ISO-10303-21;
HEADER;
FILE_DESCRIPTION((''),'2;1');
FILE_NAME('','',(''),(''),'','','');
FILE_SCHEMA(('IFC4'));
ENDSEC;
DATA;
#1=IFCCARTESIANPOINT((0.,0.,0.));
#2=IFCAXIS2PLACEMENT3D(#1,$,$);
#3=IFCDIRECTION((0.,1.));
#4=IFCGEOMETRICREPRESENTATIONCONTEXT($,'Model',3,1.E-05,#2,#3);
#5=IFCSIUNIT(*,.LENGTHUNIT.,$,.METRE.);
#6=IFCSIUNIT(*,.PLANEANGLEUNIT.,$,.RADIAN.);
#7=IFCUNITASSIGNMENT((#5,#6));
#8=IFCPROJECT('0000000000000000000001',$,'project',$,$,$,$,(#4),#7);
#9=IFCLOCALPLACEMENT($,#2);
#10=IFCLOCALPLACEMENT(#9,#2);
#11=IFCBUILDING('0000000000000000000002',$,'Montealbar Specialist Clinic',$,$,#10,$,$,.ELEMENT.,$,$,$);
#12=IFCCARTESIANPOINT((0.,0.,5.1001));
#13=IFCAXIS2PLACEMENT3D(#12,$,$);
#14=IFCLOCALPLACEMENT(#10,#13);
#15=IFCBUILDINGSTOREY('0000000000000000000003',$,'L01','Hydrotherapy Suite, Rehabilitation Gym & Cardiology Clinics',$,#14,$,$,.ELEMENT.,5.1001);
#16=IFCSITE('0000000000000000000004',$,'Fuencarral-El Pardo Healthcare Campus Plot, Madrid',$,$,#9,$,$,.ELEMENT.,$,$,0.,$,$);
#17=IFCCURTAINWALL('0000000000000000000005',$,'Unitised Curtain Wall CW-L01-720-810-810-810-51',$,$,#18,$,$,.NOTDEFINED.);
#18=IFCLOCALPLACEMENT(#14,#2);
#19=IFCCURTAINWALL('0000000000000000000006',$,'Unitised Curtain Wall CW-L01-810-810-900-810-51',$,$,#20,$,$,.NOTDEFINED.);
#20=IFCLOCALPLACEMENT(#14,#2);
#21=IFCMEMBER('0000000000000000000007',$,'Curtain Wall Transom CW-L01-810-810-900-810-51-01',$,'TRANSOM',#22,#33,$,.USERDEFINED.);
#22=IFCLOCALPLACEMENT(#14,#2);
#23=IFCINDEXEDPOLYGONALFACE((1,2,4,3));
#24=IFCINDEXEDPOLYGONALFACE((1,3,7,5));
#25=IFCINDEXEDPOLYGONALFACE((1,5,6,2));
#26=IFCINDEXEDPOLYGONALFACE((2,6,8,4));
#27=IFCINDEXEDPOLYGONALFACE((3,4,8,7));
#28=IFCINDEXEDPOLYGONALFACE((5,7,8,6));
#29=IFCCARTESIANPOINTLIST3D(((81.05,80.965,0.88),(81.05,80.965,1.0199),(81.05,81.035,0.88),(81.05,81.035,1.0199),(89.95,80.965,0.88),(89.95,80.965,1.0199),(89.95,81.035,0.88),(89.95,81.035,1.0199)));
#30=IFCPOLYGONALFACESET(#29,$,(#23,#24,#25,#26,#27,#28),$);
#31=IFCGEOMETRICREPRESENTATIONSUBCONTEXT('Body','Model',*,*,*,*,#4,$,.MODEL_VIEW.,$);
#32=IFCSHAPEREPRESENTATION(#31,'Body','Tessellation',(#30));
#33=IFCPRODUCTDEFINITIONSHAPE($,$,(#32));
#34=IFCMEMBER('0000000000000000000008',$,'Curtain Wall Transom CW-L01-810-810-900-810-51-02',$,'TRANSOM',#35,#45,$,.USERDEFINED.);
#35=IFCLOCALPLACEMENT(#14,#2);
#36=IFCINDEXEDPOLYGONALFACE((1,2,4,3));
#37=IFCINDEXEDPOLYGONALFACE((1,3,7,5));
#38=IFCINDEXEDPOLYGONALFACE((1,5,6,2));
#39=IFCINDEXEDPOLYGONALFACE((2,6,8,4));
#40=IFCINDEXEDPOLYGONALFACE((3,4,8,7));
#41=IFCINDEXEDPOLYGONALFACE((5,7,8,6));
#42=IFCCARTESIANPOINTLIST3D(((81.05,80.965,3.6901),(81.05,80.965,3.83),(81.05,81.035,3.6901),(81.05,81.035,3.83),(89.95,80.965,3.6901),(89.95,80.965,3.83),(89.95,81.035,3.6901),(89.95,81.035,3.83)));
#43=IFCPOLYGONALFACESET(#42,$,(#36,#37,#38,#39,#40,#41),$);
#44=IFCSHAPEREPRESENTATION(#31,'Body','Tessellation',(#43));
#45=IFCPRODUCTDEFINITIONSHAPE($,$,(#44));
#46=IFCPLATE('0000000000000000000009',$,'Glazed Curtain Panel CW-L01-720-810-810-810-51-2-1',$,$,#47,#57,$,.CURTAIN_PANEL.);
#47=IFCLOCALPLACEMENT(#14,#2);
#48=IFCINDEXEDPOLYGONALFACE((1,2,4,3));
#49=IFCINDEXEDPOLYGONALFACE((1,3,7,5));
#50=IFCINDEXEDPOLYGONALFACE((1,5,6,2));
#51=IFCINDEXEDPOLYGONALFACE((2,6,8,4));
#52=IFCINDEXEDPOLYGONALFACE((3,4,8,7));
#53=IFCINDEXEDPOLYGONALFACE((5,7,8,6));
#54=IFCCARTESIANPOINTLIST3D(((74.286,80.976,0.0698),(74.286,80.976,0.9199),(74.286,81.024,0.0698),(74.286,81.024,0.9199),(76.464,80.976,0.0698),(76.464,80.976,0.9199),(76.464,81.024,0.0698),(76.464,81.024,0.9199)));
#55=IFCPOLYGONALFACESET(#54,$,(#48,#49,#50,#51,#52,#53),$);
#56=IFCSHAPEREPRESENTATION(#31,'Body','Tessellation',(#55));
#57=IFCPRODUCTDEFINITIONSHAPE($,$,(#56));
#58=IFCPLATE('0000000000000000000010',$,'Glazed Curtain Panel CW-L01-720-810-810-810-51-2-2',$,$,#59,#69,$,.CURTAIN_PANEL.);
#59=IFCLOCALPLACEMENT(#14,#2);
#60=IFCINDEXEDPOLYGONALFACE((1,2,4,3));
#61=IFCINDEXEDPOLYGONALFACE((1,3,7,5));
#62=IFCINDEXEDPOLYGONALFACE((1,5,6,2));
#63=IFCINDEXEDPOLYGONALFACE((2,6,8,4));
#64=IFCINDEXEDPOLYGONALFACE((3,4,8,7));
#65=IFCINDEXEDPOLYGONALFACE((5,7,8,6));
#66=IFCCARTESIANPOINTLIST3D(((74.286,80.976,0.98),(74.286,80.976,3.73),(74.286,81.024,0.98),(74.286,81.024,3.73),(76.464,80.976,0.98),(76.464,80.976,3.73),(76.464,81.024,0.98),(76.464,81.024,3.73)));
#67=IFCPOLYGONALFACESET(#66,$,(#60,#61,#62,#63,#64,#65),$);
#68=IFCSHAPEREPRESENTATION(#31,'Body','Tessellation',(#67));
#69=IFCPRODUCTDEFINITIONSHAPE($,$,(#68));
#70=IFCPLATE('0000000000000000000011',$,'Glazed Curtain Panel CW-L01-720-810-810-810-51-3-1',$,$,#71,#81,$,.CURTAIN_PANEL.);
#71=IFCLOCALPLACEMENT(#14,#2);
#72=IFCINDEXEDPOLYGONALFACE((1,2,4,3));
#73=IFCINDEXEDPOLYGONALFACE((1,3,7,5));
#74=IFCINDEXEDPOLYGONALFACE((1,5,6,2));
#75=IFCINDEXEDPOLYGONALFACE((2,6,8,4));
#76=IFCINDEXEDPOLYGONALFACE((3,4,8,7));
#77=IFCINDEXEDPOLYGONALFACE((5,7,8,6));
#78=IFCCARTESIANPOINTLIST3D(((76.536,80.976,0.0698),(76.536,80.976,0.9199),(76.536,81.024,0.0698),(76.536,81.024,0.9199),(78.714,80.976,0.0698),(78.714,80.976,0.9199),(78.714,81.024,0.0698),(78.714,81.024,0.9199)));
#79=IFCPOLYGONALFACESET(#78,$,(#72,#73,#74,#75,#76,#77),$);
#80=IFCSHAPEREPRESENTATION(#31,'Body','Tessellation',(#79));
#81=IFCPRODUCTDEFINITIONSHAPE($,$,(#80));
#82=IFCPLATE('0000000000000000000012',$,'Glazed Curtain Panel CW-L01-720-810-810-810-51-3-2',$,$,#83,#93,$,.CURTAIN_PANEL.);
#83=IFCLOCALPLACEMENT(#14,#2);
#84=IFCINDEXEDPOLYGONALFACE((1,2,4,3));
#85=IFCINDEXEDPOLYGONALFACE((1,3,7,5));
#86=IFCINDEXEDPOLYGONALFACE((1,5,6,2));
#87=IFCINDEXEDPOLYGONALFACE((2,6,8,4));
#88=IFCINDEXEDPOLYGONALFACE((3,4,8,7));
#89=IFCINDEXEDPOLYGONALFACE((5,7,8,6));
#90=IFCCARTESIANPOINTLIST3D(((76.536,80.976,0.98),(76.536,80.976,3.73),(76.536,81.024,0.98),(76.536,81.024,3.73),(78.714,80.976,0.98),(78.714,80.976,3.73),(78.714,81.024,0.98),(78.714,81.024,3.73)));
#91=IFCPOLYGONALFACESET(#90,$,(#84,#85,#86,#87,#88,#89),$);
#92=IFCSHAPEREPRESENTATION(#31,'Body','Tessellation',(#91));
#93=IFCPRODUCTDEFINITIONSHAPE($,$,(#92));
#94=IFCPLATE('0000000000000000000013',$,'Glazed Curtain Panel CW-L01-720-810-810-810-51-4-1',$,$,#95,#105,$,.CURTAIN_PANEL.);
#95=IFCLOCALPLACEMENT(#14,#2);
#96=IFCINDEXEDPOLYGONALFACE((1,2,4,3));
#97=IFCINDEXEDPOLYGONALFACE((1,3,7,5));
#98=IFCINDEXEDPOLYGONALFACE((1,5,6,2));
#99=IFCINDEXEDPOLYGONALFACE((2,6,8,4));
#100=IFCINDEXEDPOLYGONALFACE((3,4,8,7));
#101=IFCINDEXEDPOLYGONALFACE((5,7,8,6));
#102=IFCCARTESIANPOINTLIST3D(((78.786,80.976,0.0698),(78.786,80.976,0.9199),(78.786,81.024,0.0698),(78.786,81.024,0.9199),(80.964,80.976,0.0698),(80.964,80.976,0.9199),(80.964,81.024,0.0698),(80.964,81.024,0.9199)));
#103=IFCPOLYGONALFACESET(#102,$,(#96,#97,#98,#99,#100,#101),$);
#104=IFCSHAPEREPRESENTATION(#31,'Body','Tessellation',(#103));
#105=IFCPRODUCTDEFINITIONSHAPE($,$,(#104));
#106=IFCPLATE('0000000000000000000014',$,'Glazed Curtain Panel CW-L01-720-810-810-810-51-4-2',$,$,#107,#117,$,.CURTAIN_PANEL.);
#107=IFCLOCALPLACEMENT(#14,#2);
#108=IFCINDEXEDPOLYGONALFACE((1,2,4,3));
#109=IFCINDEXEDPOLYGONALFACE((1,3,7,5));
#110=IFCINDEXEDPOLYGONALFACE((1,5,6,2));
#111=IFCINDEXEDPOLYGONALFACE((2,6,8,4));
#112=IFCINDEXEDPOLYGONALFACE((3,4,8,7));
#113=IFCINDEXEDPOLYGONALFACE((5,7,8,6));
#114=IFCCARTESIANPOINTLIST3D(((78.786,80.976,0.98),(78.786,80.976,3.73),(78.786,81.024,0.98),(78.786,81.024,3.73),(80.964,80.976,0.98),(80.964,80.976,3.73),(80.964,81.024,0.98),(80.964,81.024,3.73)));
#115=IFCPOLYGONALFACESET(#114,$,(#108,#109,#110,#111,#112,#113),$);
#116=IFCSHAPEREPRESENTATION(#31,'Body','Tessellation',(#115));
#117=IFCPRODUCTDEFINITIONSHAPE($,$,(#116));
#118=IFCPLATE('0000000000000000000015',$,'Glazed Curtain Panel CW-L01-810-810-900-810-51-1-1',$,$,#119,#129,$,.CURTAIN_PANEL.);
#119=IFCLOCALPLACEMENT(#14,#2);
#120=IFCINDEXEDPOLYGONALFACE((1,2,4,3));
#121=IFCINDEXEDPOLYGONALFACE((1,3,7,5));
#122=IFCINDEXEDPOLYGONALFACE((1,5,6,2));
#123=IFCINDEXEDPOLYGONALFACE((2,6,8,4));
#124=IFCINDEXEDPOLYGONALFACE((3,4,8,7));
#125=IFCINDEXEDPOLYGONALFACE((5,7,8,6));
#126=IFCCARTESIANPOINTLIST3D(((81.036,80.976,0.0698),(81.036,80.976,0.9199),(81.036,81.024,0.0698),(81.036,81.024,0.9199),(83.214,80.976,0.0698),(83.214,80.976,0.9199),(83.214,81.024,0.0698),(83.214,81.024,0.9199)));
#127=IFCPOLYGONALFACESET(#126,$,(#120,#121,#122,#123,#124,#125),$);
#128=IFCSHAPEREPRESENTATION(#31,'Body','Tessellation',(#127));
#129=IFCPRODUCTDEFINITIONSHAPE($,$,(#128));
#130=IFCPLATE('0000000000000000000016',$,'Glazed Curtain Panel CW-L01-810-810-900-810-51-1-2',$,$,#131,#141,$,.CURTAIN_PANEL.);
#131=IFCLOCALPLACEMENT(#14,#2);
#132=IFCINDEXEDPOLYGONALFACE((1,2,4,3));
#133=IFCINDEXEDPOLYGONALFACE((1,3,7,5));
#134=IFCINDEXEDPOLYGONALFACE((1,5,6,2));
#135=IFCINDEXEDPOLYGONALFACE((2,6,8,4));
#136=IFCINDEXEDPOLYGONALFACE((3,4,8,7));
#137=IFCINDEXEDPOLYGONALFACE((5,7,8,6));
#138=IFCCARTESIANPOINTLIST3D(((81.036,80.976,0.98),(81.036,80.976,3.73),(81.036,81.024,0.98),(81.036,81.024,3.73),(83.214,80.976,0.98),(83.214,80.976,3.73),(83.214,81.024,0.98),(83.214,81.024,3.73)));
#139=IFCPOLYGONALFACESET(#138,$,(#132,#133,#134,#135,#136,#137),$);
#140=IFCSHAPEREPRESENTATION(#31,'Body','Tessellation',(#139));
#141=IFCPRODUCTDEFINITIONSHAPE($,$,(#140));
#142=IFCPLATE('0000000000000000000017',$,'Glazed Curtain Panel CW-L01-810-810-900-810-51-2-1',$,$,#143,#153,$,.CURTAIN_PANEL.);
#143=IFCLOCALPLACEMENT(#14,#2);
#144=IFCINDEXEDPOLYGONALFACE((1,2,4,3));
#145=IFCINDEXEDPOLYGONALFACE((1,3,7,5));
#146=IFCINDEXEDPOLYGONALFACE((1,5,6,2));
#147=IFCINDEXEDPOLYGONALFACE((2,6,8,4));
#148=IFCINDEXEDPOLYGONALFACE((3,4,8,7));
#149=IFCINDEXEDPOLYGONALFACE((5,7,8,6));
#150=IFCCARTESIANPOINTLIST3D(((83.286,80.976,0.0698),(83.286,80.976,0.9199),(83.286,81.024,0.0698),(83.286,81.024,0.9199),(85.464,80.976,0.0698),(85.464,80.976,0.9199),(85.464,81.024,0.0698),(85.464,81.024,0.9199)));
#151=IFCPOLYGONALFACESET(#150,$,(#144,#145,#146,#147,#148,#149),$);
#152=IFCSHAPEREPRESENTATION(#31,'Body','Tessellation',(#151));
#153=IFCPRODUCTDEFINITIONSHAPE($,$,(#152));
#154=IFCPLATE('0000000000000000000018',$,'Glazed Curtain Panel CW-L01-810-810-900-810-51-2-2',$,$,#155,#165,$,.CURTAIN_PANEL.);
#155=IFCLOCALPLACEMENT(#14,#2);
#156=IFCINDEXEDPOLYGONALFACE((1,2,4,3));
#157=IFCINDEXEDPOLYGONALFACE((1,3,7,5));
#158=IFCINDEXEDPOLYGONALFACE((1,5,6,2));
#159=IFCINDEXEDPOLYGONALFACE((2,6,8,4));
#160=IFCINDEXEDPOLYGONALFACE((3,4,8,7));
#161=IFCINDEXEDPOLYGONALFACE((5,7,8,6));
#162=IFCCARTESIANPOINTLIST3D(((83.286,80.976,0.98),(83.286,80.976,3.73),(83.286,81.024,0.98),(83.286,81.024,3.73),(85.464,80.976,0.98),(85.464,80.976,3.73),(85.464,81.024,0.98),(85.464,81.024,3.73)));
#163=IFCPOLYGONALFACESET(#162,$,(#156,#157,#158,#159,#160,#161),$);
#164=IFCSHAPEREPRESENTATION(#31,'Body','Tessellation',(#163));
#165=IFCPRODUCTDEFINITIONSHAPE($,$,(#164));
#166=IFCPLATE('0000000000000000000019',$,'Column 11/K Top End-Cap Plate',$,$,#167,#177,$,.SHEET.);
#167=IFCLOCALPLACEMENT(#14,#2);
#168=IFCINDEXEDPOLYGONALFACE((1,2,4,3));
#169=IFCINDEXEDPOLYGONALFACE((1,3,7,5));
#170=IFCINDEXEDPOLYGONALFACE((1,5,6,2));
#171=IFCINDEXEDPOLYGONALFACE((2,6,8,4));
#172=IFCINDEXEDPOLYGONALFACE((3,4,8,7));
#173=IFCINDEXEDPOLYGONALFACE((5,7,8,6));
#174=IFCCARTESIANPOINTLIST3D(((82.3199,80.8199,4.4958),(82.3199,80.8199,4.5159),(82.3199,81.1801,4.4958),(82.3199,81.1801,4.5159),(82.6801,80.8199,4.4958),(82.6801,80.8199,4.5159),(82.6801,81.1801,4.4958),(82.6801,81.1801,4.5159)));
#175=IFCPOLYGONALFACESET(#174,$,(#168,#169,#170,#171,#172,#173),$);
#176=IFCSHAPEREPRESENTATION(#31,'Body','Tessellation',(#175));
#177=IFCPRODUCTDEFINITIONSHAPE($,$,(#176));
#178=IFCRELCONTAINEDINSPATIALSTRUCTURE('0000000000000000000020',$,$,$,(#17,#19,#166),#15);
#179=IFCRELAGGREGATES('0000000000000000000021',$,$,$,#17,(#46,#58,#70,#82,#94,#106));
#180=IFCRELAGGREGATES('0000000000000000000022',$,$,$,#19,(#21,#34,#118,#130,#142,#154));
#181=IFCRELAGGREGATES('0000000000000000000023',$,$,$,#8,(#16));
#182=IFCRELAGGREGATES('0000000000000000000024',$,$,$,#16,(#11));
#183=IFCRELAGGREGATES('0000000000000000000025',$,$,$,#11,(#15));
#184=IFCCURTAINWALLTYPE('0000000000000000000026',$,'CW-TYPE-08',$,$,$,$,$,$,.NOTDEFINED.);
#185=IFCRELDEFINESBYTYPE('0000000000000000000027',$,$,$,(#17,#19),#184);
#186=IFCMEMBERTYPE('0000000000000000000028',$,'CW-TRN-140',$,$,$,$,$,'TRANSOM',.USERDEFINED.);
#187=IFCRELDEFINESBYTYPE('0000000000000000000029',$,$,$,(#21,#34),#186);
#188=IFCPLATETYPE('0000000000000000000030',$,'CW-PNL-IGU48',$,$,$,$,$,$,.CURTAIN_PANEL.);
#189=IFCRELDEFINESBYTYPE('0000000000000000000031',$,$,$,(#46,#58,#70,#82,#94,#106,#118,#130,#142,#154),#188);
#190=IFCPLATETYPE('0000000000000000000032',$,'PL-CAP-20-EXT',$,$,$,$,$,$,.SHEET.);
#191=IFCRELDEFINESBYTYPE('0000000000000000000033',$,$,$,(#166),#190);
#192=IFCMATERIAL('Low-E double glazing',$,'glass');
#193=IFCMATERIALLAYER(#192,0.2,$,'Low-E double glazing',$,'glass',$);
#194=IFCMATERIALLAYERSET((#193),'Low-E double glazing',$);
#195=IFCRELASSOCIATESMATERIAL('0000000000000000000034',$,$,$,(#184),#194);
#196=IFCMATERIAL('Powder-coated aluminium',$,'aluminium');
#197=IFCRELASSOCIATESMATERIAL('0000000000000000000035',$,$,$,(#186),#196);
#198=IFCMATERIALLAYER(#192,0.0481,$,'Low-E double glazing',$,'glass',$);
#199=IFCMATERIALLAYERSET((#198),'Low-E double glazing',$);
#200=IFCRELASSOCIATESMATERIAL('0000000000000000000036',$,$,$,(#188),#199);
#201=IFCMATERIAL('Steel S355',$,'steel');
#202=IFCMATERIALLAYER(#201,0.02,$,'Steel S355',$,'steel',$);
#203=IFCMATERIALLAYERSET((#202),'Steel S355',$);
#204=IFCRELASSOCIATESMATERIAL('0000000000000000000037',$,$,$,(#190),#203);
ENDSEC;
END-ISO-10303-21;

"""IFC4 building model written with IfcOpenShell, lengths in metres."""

from ifc_helpers import new_model, si_unit, direction, frame, origin, origin_2d, place, context, subcontext, project, spatial, rectangle, extrude, material, layer, layer_set, material_profile, profile_set, type_object, element, aggregate, save


model = new_model("IFC4")

# Units and contexts
model_context = context("Model", 3, precision=1e-05, world=origin(), true_north=direction((0.0, 1.0)))
body_context = subcontext(model_context, "Body", "Model", "MODEL_VIEW")
ifc_project = project(units=[si_unit("LENGTHUNIT", "METRE"), si_unit("PLANEANGLEUNIT", "RADIAN")], contexts=[model_context])

# Site, building, storey
site_placement = place(None, origin())
site = spatial("IfcSite", under=ifc_project, at=site_placement, Name="Fuencarral-El Pardo Healthcare Campus Plot, Madrid", CompositionType="ELEMENT", RefElevation=0.0)
building_placement = place(site_placement, origin())
building = spatial("IfcBuilding", under=site, at=building_placement, Name="Montealbar Specialist Clinic", CompositionType="ELEMENT")
storey_placement = place(building_placement, frame((0.0, 0.0, 5.1001)))
storey = spatial("IfcBuildingStorey", under=building, at=storey_placement, Name="L01", Description="Hydrotherapy Suite, Rehabilitation Gym & Cardiology Clinics", CompositionType="ELEMENT", Elevation=5.1001)

# Shared definitions
ifc_material_1 = material(Name="Steel S355", Category="steel")

# Curtain walls, members
ifc_material_2 = material(Name="Low-E double glazing", Category="glass")
ifc_layer_1 = layer(ifc_material_2, 0.2, Name="Low-E double glazing", Category="glass")
ifc_layer_set_1 = layer_set([ifc_layer_1], Name="Low-E double glazing")
curtain_wall_type = type_object("IfcCurtainWallType", Name="CW-TYPE-08", PredefinedType="NOTDEFINED", material=ifc_layer_set_1)
curtain_wall_1_placement = place(storey_placement, origin())
curtain_wall_1 = element("IfcCurtainWall", 1, at=curtain_wall_1_placement, inside=storey, type_object=curtain_wall_type, Name="Unitised Curtain Wall CW-L01-720-810-810-810-51", PredefinedType="NOTDEFINED")
curtain_wall_2_placement = place(storey_placement, origin())
curtain_wall_2 = element("IfcCurtainWall", 2, at=curtain_wall_2_placement, inside=storey, type_object=curtain_wall_type, Name="Unitised Curtain Wall CW-L01-810-810-900-810-51", PredefinedType="NOTDEFINED")
ifc_material_3 = material(Name="Powder-coated aluminium", Category="aluminium")
ifc_material_profile_1 = material_profile(ifc_material_3, rectangle(XDim=0.0701, YDim=0.1399, at=origin_2d()), Name="ALU 70x140", Category="aluminium")
ifc_profile_set_1 = profile_set([ifc_material_profile_1], Name="Powder-coated aluminium")
member_type_1 = type_object("IfcMemberType", Name="CW-TRN-140", ElementType="TRANSOM", PredefinedType="USERDEFINED", material=ifc_profile_set_1)
member_1_placement = place(storey_placement, frame((81.05, 81.0, 0.95), z_axis=(1.0, 0.0, 0.0), x_axis=(0.0, 1.0, 0.0)))
member_1 = element("IfcMember", 3, at=member_1_placement, type_object=member_type_1, Name="Curtain Wall Transom CW-L01-810-810-900-810-51-01", ObjectType="TRANSOM", PredefinedType="USERDEFINED", context=body_context, shape_type="SweptSolid", body=[
    extrude(rectangle(XDim=0.0701, YDim=0.1399, at=origin_2d()), origin(), (0.0, 0.0, 1.0), 8.8999),
])
member_2_placement = place(storey_placement, frame((81.05, 81.0, 3.76), z_axis=(1.0, 0.0, 0.0), x_axis=(0.0, 1.0, 0.0)))
member_2 = element("IfcMember", 4, at=member_2_placement, type_object=member_type_1, Name="Curtain Wall Transom CW-L01-810-810-900-810-51-02", ObjectType="TRANSOM", PredefinedType="USERDEFINED", context=body_context, shape_type="SweptSolid", body=[
    extrude(rectangle(XDim=0.0701, YDim=0.1399, at=origin_2d()), origin(), (0.0, 0.0, 1.0), 8.8999),
])

# Plates
ifc_layer_2 = layer(ifc_material_2, 0.0481, Name="Low-E double glazing", Category="glass")
ifc_layer_set_2 = layer_set([ifc_layer_2], Name="Low-E double glazing")
plate_type_1 = type_object("IfcPlateType", Name="CW-PNL-IGU48", PredefinedType="CURTAIN_PANEL", material=ifc_layer_set_2)
plate_1_placement = place(storey_placement, frame((75.375, 81.0, 0.0698), z_axis=(0.0, 0.0, 1.0), x_axis=(1.0, 0.0, 0.0)))
plate_1 = element("IfcPlate", 5, at=plate_1_placement, type_object=plate_type_1, Name="Glazed Curtain Panel CW-L01-720-810-810-810-51-2-1", PredefinedType="CURTAIN_PANEL", context=body_context, shape_type="SweptSolid", body=[
    extrude(rectangle(XDim=2.178, YDim=0.0481, at=origin_2d()), origin(), (0.0, 0.0, 1.0), 0.8501),
])
plate_2_placement = place(storey_placement, frame((75.375, 81.0, 0.98), z_axis=(0.0, 0.0, 1.0), x_axis=(1.0, 0.0, 0.0)))
plate_2 = element("IfcPlate", 6, at=plate_2_placement, type_object=plate_type_1, Name="Glazed Curtain Panel CW-L01-720-810-810-810-51-2-2", PredefinedType="CURTAIN_PANEL", context=body_context, shape_type="SweptSolid", body=[
    extrude(rectangle(XDim=2.178, YDim=0.0481, at=origin_2d()), origin(), (0.0, 0.0, 1.0), 2.75),
])
plate_3_placement = place(storey_placement, frame((77.625, 81.0, 0.0698), z_axis=(0.0, 0.0, 1.0), x_axis=(1.0, 0.0, 0.0)))
plate_3 = element("IfcPlate", 7, at=plate_3_placement, type_object=plate_type_1, Name="Glazed Curtain Panel CW-L01-720-810-810-810-51-3-1", PredefinedType="CURTAIN_PANEL", context=body_context, shape_type="SweptSolid", body=[
    extrude(rectangle(XDim=2.178, YDim=0.0481, at=origin_2d()), origin(), (0.0, 0.0, 1.0), 0.8501),
])
plate_4_placement = place(storey_placement, frame((77.625, 81.0, 0.98), z_axis=(0.0, 0.0, 1.0), x_axis=(1.0, 0.0, 0.0)))
plate_4 = element("IfcPlate", 8, at=plate_4_placement, type_object=plate_type_1, Name="Glazed Curtain Panel CW-L01-720-810-810-810-51-3-2", PredefinedType="CURTAIN_PANEL", context=body_context, shape_type="SweptSolid", body=[
    extrude(rectangle(XDim=2.178, YDim=0.0481, at=origin_2d()), origin(), (0.0, 0.0, 1.0), 2.75),
])
plate_5_placement = place(storey_placement, frame((79.875, 81.0, 0.0698), z_axis=(0.0, 0.0, 1.0), x_axis=(1.0, 0.0, 0.0)))
plate_5 = element("IfcPlate", 9, at=plate_5_placement, type_object=plate_type_1, Name="Glazed Curtain Panel CW-L01-720-810-810-810-51-4-1", PredefinedType="CURTAIN_PANEL", context=body_context, shape_type="SweptSolid", body=[
    extrude(rectangle(XDim=2.178, YDim=0.0481, at=origin_2d()), origin(), (0.0, 0.0, 1.0), 0.8501),
])
plate_6_placement = place(storey_placement, frame((79.875, 81.0, 0.98), z_axis=(0.0, 0.0, 1.0), x_axis=(1.0, 0.0, 0.0)))
plate_6 = element("IfcPlate", 10, at=plate_6_placement, type_object=plate_type_1, Name="Glazed Curtain Panel CW-L01-720-810-810-810-51-4-2", PredefinedType="CURTAIN_PANEL", context=body_context, shape_type="SweptSolid", body=[
    extrude(rectangle(XDim=2.178, YDim=0.0481, at=origin_2d()), origin(), (0.0, 0.0, 1.0), 2.75),
])
aggregate(curtain_wall_1, [plate_1, plate_2, plate_3, plate_4, plate_5, plate_6])
plate_7_placement = place(storey_placement, frame((82.125, 81.0, 0.0698), z_axis=(0.0, 0.0, 1.0), x_axis=(1.0, 0.0, 0.0)))
plate_7 = element("IfcPlate", 11, at=plate_7_placement, type_object=plate_type_1, Name="Glazed Curtain Panel CW-L01-810-810-900-810-51-1-1", PredefinedType="CURTAIN_PANEL", context=body_context, shape_type="SweptSolid", body=[
    extrude(rectangle(XDim=2.178, YDim=0.0481, at=origin_2d()), origin(), (0.0, 0.0, 1.0), 0.8501),
])
plate_8_placement = place(storey_placement, frame((82.125, 81.0, 0.98), z_axis=(0.0, 0.0, 1.0), x_axis=(1.0, 0.0, 0.0)))
plate_8 = element("IfcPlate", 12, at=plate_8_placement, type_object=plate_type_1, Name="Glazed Curtain Panel CW-L01-810-810-900-810-51-1-2", PredefinedType="CURTAIN_PANEL", context=body_context, shape_type="SweptSolid", body=[
    extrude(rectangle(XDim=2.178, YDim=0.0481, at=origin_2d()), origin(), (0.0, 0.0, 1.0), 2.75),
])
plate_9_placement = place(storey_placement, frame((84.375, 81.0, 0.0698), z_axis=(0.0, 0.0, 1.0), x_axis=(1.0, 0.0, 0.0)))
plate_9 = element("IfcPlate", 13, at=plate_9_placement, type_object=plate_type_1, Name="Glazed Curtain Panel CW-L01-810-810-900-810-51-2-1", PredefinedType="CURTAIN_PANEL", context=body_context, shape_type="SweptSolid", body=[
    extrude(rectangle(XDim=2.178, YDim=0.0481, at=origin_2d()), origin(), (0.0, 0.0, 1.0), 0.8501),
])
plate_10_placement = place(storey_placement, frame((84.375, 81.0, 0.98), z_axis=(0.0, 0.0, 1.0), x_axis=(1.0, 0.0, 0.0)))
plate_10 = element("IfcPlate", 14, at=plate_10_placement, type_object=plate_type_1, Name="Glazed Curtain Panel CW-L01-810-810-900-810-51-2-2", PredefinedType="CURTAIN_PANEL", context=body_context, shape_type="SweptSolid", body=[
    extrude(rectangle(XDim=2.178, YDim=0.0481, at=origin_2d()), origin(), (0.0, 0.0, 1.0), 2.75),
])
aggregate(curtain_wall_2, [member_1, member_2, plate_7, plate_8, plate_9, plate_10])
ifc_layer_3 = layer(ifc_material_1, 0.02, Name="Steel S355", Category="steel")
ifc_layer_set_3 = layer_set([ifc_layer_3], Name="Steel S355")
plate_type_2 = type_object("IfcPlateType", Name="PL-CAP-20-EXT", PredefinedType="SHEET", material=ifc_layer_set_3)
plate_11_placement = place(storey_placement, frame((82.5, 81.0, 4.4958), z_axis=(0.0, 0.0, 1.0), x_axis=(1.0, 0.0, 0.0)))
element("IfcPlate", 15, at=plate_11_placement, inside=storey, type_object=plate_type_2, Name="Column 11/K Top End-Cap Plate", PredefinedType="SHEET", context=body_context, shape_type="SweptSolid", body=[
    extrude(rectangle(XDim=0.3601, YDim=0.3601, at=origin_2d()), origin(), (0.0, 0.0, 1.0), 0.02),
])

save(model, "model.ifc")
